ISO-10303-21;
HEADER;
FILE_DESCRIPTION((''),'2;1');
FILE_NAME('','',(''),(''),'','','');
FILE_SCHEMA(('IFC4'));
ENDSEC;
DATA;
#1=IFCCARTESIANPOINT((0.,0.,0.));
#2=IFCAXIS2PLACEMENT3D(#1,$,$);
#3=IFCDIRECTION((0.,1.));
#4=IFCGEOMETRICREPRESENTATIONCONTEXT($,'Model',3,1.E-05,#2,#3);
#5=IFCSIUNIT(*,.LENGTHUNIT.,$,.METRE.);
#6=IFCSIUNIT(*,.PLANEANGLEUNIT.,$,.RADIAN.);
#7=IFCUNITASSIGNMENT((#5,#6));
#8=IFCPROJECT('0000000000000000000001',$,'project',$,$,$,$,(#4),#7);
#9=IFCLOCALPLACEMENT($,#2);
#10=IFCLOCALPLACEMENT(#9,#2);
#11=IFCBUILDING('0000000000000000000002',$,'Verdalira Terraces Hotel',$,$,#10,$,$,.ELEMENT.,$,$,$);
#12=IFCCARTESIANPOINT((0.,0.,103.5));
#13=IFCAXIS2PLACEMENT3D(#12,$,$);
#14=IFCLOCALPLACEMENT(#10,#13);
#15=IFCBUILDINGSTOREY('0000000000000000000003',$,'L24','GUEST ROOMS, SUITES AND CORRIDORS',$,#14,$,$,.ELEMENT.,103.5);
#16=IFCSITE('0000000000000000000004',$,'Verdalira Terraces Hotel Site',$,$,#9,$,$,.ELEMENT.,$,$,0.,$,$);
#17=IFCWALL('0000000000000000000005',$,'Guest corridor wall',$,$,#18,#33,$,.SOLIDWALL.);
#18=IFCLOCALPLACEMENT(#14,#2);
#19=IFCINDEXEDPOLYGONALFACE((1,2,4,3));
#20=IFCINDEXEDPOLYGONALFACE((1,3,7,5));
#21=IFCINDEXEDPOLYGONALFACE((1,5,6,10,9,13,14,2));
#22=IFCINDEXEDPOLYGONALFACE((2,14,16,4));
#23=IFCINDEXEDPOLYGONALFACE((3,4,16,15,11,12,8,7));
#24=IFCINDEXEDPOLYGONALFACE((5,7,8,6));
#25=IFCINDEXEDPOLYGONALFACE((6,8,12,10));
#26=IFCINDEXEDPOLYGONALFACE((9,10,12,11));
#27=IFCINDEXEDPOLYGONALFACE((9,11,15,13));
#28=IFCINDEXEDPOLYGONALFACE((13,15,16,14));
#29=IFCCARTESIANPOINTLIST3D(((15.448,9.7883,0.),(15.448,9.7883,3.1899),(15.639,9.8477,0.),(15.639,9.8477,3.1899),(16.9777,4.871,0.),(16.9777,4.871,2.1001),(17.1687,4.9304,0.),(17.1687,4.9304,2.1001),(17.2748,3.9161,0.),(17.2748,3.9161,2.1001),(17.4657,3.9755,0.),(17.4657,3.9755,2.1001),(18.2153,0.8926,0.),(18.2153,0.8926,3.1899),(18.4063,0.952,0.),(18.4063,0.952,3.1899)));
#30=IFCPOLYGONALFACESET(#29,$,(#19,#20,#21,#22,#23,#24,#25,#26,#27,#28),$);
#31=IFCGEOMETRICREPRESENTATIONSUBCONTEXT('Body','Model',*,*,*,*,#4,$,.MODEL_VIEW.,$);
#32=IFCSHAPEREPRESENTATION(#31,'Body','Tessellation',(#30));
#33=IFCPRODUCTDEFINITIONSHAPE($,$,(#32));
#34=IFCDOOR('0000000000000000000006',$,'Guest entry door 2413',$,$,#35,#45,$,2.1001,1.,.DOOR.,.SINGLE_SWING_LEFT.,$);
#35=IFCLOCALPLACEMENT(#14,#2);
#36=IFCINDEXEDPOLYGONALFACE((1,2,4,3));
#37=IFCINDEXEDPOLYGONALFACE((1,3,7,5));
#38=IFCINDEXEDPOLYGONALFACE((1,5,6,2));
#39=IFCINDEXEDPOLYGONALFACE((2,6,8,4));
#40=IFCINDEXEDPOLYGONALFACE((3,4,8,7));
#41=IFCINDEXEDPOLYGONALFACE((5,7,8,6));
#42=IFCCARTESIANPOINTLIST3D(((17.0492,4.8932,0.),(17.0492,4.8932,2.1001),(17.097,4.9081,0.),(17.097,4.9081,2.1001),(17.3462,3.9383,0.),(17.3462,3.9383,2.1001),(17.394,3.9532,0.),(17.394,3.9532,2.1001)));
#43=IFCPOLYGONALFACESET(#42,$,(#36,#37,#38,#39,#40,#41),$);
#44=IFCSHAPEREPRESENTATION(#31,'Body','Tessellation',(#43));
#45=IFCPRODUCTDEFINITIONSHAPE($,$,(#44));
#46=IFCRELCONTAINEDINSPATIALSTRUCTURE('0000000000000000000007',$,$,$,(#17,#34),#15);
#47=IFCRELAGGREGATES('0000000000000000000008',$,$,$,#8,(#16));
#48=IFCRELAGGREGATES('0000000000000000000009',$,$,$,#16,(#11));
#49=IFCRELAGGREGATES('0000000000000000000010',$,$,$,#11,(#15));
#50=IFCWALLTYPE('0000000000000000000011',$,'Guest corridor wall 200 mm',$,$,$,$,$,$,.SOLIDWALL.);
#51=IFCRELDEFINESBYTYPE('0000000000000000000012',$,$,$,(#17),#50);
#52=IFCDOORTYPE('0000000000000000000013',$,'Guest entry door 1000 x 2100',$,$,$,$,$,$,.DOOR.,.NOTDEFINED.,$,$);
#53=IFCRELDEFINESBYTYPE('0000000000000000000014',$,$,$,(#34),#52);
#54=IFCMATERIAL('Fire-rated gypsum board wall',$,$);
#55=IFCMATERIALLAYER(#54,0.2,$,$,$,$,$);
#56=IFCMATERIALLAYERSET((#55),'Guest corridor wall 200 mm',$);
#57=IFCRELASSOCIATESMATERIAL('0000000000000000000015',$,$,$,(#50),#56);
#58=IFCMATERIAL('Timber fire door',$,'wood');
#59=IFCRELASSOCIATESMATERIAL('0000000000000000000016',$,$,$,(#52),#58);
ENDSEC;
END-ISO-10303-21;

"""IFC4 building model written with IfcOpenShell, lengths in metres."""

from ifc_helpers import new_model, si_unit, direction, frame, frame_2d, origin, place, context, subcontext, project, spatial, rectangle, extrude, material, layer, layer_set, type_object, element, fill, save


model = new_model("IFC4")

# Units and contexts
model_context = context("Model", 3, precision=1e-05, world=origin(), true_north=direction((0.0, 1.0)))
body_context = subcontext(model_context, "Body", "Model", "MODEL_VIEW")
ifc_project = project(units=[si_unit("LENGTHUNIT", "METRE"), si_unit("PLANEANGLEUNIT", "RADIAN")], contexts=[model_context])

# Site, building, storey
site_placement = place(None, origin())
site = spatial("IfcSite", under=ifc_project, at=site_placement, Name="Verdalira Terraces Hotel Site", CompositionType="ELEMENT", RefElevation=0.0)
building_placement = place(site_placement, origin())
building = spatial("IfcBuilding", under=site, at=building_placement, Name="Verdalira Terraces Hotel", CompositionType="ELEMENT")
storey_placement = place(building_placement, frame((0.0, 0.0, 103.5)))
storey = spatial("IfcBuildingStorey", under=building, at=storey_placement, Name="L24", Description="GUEST ROOMS, SUITES AND CORRIDORS", CompositionType="ELEMENT", Elevation=103.5)

# Wall, opening, door
ifc_material_1 = material(Name="Fire-rated gypsum board wall")
ifc_layer_1 = layer(ifc_material_1, 0.2)
ifc_layer_set_1 = layer_set([ifc_layer_1], Name="Guest corridor wall 200 mm")
wall_type_1 = type_object("IfcWallType", Name="Guest corridor wall 200 mm", PredefinedType="SOLIDWALL", material=ifc_layer_set_1)
wall_1_placement = place(storey_placement, frame((15.5435, 9.8181, 0.0), z_axis=(0.0, 0.0, 1.0), x_axis=(0.297044, -0.954864, 0.0)))
wall_1 = element("IfcWall", 1, at=wall_1_placement, inside=storey, type_object=wall_type_1, Name="Guest corridor wall", PredefinedType="SOLIDWALL", context=body_context, shape_type="SweptSolid", body=[
    extrude(rectangle(XDim=9.3162, YDim=0.2, at=frame_2d((4.6582, 0.0))), origin(), (0.0, 0.0, 1.0), 3.1899),
])
opening_1_placement = place(wall_1_placement, frame((5.1499, 0.0, 0.0)))
opening_1 = element("IfcOpeningElement", 2, at=opening_1_placement, cuts=wall_1, PredefinedType="OPENING", context=body_context, shape_type="SweptSolid", body=[
    extrude(rectangle(XDim=1.0, YDim=2.1001, at=frame_2d((0.5, 1.05))), frame((0.0, 0.1099, 0.0), z_axis=(0.0, -1.0, 0.0), x_axis=(1.0, 0.0, 0.0)), (0.0, 0.0, 1.0), 0.22),
])
ifc_material_2 = material(Name="Timber fire door", Category="wood")
door_type_1 = type_object("IfcDoorType", Name="Guest entry door 1000 x 2100", OperationType="NOTDEFINED", PredefinedType="DOOR", material=ifc_material_2)
door_1_placement = place(opening_1_placement, origin())
door_1 = element("IfcDoor", 3, at=door_1_placement, inside=storey, type_object=door_type_1, Name="Guest entry door 2413", OperationType="SINGLE_SWING_LEFT", OverallHeight=2.1001, OverallWidth=1.0, PredefinedType="DOOR", context=body_context, shape_type="SweptSolid", body=[
    extrude(rectangle(XDim=1.0, YDim=2.1001, at=frame_2d((0.5, 1.05))), frame((0.0, 0.0249, 0.0), z_axis=(0.0, -1.0, 0.0), x_axis=(1.0, 0.0, 0.0)), (0.0, 0.0, 1.0), 0.05),
])
fill(opening_1, door_1)

save(model, "model.ifc")
